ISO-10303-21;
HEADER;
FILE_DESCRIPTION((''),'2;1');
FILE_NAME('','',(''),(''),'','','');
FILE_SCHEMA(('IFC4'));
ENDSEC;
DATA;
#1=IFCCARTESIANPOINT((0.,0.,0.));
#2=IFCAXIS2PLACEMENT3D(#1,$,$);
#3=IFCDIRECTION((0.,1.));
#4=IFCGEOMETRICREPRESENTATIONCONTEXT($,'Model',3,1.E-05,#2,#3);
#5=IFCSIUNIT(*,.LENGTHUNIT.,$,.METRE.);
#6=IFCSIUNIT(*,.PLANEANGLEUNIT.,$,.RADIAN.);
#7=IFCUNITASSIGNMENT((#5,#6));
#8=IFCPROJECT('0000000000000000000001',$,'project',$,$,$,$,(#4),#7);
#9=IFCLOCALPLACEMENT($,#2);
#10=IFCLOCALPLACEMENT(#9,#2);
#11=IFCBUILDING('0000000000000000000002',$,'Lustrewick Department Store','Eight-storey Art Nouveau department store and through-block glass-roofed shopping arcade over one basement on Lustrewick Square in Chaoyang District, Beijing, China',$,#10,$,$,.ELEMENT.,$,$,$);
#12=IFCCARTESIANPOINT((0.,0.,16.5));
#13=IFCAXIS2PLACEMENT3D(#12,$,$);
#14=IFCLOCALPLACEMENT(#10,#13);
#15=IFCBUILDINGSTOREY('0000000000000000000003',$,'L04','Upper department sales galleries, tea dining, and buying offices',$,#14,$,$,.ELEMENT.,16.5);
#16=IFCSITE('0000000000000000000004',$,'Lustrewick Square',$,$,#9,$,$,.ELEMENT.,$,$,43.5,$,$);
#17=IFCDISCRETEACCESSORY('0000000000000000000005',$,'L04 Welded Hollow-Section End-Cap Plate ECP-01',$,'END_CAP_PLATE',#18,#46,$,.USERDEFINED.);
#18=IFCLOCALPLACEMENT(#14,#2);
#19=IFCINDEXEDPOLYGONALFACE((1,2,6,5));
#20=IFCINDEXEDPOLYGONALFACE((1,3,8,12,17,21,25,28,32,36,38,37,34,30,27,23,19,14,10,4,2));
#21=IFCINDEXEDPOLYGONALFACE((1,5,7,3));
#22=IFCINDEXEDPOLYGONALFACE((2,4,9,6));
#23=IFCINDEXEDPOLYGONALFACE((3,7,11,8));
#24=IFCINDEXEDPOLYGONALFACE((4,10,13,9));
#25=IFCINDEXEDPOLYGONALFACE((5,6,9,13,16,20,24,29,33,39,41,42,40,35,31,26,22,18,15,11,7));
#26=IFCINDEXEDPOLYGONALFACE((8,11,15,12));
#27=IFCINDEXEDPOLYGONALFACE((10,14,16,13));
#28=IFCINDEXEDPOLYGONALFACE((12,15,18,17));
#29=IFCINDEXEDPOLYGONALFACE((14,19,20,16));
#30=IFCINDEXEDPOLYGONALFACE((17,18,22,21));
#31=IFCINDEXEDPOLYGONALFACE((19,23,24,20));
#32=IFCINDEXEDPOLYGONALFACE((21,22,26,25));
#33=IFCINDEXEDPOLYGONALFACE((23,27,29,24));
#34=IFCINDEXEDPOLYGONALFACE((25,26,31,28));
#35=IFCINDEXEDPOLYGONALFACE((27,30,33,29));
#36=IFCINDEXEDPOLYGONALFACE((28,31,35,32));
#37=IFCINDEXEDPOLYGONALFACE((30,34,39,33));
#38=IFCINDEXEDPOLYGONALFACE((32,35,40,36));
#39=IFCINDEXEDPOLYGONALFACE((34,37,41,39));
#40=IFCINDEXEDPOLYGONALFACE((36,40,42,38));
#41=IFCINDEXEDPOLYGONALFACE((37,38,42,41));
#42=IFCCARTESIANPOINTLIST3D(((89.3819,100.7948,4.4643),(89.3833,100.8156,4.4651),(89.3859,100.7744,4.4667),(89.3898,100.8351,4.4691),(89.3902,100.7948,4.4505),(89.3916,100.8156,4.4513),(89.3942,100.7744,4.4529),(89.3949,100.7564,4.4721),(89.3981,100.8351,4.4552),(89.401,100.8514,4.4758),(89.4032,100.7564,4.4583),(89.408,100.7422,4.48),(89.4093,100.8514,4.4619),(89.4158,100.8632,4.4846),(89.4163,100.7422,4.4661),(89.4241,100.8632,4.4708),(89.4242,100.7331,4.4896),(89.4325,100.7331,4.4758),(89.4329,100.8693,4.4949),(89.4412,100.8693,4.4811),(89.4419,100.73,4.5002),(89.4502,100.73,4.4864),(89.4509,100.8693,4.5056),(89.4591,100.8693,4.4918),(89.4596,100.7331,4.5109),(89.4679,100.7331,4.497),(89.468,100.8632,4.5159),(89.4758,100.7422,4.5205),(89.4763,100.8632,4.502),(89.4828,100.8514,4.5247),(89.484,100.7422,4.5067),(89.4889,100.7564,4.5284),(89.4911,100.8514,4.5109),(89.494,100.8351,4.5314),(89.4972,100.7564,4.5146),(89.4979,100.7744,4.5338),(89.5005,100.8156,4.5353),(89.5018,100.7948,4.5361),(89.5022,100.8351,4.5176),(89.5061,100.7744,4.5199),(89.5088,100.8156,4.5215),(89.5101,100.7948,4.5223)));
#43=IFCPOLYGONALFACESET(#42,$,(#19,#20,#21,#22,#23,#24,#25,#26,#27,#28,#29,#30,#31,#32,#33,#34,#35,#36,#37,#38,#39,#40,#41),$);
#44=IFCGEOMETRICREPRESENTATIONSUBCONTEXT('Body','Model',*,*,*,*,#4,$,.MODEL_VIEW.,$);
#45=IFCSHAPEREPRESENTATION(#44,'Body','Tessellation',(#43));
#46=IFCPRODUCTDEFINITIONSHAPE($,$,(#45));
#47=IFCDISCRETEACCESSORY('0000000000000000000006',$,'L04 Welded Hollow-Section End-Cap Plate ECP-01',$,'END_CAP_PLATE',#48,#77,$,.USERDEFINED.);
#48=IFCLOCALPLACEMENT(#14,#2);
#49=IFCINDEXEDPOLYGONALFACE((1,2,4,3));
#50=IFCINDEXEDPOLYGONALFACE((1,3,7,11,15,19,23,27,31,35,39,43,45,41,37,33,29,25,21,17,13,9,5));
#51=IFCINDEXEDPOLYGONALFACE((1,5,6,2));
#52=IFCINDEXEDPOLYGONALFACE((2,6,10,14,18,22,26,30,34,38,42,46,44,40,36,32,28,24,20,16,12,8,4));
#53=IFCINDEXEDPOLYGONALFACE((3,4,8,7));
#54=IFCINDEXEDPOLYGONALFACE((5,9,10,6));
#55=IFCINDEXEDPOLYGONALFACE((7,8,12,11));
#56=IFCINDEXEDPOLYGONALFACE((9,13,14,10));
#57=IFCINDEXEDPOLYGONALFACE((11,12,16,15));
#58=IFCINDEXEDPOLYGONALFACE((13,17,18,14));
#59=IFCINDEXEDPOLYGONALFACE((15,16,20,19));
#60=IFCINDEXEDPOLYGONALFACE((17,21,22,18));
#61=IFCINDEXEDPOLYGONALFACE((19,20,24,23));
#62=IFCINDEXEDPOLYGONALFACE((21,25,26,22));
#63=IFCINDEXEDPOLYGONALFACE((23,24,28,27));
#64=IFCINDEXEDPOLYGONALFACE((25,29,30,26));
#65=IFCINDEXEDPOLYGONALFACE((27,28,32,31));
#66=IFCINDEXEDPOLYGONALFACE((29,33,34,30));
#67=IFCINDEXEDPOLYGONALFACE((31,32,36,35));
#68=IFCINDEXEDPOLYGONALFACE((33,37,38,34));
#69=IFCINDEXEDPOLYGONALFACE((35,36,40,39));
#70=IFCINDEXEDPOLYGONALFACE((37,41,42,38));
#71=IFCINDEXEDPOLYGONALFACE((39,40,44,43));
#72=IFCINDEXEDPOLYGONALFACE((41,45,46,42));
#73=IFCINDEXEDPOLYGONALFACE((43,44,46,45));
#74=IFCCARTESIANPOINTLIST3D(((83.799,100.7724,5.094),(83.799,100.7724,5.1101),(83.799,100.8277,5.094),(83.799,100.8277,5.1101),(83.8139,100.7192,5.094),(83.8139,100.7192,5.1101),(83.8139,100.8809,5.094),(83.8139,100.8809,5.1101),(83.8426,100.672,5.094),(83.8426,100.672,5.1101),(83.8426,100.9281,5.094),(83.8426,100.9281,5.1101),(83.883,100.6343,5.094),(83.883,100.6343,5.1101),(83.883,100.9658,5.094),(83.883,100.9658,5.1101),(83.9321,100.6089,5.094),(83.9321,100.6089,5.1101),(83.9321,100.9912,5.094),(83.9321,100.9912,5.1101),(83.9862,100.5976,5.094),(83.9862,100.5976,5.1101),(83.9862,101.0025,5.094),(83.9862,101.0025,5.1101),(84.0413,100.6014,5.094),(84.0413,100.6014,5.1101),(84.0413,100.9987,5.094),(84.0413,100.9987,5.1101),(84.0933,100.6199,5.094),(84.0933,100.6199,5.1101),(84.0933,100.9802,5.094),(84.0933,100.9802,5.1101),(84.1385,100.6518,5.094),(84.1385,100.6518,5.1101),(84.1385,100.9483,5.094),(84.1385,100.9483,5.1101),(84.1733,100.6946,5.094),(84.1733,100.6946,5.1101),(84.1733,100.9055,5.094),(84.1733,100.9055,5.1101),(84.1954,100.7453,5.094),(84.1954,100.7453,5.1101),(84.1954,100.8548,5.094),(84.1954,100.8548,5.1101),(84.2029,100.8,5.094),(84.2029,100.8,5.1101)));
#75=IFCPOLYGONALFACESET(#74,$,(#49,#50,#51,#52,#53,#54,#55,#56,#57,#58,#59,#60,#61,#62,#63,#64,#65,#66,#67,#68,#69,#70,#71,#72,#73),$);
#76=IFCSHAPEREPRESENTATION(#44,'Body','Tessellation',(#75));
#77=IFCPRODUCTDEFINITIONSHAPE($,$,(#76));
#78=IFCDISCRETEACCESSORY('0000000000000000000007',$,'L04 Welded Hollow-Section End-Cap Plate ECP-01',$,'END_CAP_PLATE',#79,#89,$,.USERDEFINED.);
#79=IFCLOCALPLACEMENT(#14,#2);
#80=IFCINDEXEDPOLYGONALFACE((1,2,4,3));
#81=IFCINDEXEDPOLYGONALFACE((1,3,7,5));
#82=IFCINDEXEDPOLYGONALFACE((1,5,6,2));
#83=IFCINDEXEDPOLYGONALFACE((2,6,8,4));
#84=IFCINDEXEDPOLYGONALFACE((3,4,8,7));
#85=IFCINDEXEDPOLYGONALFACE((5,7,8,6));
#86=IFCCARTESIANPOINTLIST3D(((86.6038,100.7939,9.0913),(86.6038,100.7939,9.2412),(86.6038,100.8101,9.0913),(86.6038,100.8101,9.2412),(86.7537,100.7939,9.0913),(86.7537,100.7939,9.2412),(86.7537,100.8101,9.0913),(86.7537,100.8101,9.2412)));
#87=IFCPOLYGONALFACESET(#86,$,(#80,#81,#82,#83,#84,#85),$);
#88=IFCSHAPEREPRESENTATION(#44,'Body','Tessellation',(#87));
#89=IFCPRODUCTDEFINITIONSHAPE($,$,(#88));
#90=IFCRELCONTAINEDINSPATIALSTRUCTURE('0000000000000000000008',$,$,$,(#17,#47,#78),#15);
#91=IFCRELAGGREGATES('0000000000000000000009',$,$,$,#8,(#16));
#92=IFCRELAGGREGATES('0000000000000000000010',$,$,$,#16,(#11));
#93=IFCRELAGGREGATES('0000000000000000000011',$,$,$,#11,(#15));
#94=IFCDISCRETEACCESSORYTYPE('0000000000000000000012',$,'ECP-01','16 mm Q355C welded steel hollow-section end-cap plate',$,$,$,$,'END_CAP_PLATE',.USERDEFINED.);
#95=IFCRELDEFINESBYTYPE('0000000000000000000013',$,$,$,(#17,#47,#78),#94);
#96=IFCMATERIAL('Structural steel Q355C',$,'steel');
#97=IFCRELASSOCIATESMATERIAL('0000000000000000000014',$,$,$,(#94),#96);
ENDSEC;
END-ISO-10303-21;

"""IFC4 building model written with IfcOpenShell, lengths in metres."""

from ifc_helpers import new_model, si_unit, direction, frame, origin, origin_2d, place, context, subcontext, project, spatial, rectangle, circle, extrude, material, type_object, element, save


model = new_model("IFC4")

# Units and contexts
model_context = context("Model", 3, precision=1e-05, world=origin(), true_north=direction((0.0, 1.0)))
body_context = subcontext(model_context, "Body", "Model", "MODEL_VIEW")
ifc_project = project(units=[si_unit("LENGTHUNIT", "METRE"), si_unit("PLANEANGLEUNIT", "RADIAN")], contexts=[model_context])

# Site, building, storey
site_placement = place(None, origin())
site = spatial("IfcSite", under=ifc_project, at=site_placement, Name="Lustrewick Square", CompositionType="ELEMENT", RefElevation=43.5)
building_placement = place(site_placement, origin())
building = spatial("IfcBuilding", under=site, at=building_placement, Name="Lustrewick Department Store", Description="Eight-storey Art Nouveau department store and through-block glass-roofed shopping arcade over one basement on Lustrewick Square in Chaoyang District, Beijing, China", CompositionType="ELEMENT")
storey_placement = place(building_placement, frame((0.0, 0.0, 16.5)))
storey = spatial("IfcBuildingStorey", under=building, at=storey_placement, Name="L04", Description="Upper department sales galleries, tea dining, and buying offices", CompositionType="ELEMENT", Elevation=16.5)

# Shared definitions
ifc_material_1 = material(Name="Structural steel Q355C", Category="steel")

# Discrete accessories
discrete_accessory_type = type_object("IfcDiscreteAccessoryType", Name="ECP-01", Description="16 mm Q355C welded steel hollow-section end-cap plate", ElementType="END_CAP_PLATE", PredefinedType="USERDEFINED", material=ifc_material_1)
discrete_accessory_1_placement = place(storey_placement, frame((89.4419, 100.8, 4.5002), z_axis=(0.513782, 0.0, -0.857921), x_axis=(0.0, -1.0, 0.0)))
element("IfcDiscreteAccessory", 1, at=discrete_accessory_1_placement, inside=storey, type_object=discrete_accessory_type, Name="L04 Welded Hollow-Section End-Cap Plate ECP-01", ObjectType="END_CAP_PLATE", PredefinedType="USERDEFINED", context=body_context, shape_type="SweptSolid", body=[
    extrude(circle(Radius=0.0701, at=origin_2d()), origin(), (0.0, 0.0, 1.0), 0.0161),
])
discrete_accessory_2_placement = place(storey_placement, frame((84.0, 100.8, 5.094), z_axis=(0.0, 0.0, 1.0), x_axis=(1.0, 0.0, 0.0)))
element("IfcDiscreteAccessory", 2, at=discrete_accessory_2_placement, inside=storey, type_object=discrete_accessory_type, Name="L04 Welded Hollow-Section End-Cap Plate ECP-01", ObjectType="END_CAP_PLATE", PredefinedType="USERDEFINED", context=body_context, shape_type="SweptSolid", body=[
    extrude(circle(Radius=0.2029, at=origin_2d()), origin(), (0.0, 0.0, 1.0), 0.0161),
])
discrete_accessory_3_placement = place(storey_placement, frame((86.6787, 100.7939, 9.1663), z_axis=(0.0, 1.0, 0.0), x_axis=(-1.0, 0.0, 0.0)))
element("IfcDiscreteAccessory", 3, at=discrete_accessory_3_placement, inside=storey, type_object=discrete_accessory_type, Name="L04 Welded Hollow-Section End-Cap Plate ECP-01", ObjectType="END_CAP_PLATE", PredefinedType="USERDEFINED", context=body_context, shape_type="SweptSolid", body=[
    extrude(rectangle(XDim=0.1499, YDim=0.1499, at=origin_2d()), origin(), (0.0, 0.0, 1.0), 0.0161),
])

save(model, "model.ifc")
